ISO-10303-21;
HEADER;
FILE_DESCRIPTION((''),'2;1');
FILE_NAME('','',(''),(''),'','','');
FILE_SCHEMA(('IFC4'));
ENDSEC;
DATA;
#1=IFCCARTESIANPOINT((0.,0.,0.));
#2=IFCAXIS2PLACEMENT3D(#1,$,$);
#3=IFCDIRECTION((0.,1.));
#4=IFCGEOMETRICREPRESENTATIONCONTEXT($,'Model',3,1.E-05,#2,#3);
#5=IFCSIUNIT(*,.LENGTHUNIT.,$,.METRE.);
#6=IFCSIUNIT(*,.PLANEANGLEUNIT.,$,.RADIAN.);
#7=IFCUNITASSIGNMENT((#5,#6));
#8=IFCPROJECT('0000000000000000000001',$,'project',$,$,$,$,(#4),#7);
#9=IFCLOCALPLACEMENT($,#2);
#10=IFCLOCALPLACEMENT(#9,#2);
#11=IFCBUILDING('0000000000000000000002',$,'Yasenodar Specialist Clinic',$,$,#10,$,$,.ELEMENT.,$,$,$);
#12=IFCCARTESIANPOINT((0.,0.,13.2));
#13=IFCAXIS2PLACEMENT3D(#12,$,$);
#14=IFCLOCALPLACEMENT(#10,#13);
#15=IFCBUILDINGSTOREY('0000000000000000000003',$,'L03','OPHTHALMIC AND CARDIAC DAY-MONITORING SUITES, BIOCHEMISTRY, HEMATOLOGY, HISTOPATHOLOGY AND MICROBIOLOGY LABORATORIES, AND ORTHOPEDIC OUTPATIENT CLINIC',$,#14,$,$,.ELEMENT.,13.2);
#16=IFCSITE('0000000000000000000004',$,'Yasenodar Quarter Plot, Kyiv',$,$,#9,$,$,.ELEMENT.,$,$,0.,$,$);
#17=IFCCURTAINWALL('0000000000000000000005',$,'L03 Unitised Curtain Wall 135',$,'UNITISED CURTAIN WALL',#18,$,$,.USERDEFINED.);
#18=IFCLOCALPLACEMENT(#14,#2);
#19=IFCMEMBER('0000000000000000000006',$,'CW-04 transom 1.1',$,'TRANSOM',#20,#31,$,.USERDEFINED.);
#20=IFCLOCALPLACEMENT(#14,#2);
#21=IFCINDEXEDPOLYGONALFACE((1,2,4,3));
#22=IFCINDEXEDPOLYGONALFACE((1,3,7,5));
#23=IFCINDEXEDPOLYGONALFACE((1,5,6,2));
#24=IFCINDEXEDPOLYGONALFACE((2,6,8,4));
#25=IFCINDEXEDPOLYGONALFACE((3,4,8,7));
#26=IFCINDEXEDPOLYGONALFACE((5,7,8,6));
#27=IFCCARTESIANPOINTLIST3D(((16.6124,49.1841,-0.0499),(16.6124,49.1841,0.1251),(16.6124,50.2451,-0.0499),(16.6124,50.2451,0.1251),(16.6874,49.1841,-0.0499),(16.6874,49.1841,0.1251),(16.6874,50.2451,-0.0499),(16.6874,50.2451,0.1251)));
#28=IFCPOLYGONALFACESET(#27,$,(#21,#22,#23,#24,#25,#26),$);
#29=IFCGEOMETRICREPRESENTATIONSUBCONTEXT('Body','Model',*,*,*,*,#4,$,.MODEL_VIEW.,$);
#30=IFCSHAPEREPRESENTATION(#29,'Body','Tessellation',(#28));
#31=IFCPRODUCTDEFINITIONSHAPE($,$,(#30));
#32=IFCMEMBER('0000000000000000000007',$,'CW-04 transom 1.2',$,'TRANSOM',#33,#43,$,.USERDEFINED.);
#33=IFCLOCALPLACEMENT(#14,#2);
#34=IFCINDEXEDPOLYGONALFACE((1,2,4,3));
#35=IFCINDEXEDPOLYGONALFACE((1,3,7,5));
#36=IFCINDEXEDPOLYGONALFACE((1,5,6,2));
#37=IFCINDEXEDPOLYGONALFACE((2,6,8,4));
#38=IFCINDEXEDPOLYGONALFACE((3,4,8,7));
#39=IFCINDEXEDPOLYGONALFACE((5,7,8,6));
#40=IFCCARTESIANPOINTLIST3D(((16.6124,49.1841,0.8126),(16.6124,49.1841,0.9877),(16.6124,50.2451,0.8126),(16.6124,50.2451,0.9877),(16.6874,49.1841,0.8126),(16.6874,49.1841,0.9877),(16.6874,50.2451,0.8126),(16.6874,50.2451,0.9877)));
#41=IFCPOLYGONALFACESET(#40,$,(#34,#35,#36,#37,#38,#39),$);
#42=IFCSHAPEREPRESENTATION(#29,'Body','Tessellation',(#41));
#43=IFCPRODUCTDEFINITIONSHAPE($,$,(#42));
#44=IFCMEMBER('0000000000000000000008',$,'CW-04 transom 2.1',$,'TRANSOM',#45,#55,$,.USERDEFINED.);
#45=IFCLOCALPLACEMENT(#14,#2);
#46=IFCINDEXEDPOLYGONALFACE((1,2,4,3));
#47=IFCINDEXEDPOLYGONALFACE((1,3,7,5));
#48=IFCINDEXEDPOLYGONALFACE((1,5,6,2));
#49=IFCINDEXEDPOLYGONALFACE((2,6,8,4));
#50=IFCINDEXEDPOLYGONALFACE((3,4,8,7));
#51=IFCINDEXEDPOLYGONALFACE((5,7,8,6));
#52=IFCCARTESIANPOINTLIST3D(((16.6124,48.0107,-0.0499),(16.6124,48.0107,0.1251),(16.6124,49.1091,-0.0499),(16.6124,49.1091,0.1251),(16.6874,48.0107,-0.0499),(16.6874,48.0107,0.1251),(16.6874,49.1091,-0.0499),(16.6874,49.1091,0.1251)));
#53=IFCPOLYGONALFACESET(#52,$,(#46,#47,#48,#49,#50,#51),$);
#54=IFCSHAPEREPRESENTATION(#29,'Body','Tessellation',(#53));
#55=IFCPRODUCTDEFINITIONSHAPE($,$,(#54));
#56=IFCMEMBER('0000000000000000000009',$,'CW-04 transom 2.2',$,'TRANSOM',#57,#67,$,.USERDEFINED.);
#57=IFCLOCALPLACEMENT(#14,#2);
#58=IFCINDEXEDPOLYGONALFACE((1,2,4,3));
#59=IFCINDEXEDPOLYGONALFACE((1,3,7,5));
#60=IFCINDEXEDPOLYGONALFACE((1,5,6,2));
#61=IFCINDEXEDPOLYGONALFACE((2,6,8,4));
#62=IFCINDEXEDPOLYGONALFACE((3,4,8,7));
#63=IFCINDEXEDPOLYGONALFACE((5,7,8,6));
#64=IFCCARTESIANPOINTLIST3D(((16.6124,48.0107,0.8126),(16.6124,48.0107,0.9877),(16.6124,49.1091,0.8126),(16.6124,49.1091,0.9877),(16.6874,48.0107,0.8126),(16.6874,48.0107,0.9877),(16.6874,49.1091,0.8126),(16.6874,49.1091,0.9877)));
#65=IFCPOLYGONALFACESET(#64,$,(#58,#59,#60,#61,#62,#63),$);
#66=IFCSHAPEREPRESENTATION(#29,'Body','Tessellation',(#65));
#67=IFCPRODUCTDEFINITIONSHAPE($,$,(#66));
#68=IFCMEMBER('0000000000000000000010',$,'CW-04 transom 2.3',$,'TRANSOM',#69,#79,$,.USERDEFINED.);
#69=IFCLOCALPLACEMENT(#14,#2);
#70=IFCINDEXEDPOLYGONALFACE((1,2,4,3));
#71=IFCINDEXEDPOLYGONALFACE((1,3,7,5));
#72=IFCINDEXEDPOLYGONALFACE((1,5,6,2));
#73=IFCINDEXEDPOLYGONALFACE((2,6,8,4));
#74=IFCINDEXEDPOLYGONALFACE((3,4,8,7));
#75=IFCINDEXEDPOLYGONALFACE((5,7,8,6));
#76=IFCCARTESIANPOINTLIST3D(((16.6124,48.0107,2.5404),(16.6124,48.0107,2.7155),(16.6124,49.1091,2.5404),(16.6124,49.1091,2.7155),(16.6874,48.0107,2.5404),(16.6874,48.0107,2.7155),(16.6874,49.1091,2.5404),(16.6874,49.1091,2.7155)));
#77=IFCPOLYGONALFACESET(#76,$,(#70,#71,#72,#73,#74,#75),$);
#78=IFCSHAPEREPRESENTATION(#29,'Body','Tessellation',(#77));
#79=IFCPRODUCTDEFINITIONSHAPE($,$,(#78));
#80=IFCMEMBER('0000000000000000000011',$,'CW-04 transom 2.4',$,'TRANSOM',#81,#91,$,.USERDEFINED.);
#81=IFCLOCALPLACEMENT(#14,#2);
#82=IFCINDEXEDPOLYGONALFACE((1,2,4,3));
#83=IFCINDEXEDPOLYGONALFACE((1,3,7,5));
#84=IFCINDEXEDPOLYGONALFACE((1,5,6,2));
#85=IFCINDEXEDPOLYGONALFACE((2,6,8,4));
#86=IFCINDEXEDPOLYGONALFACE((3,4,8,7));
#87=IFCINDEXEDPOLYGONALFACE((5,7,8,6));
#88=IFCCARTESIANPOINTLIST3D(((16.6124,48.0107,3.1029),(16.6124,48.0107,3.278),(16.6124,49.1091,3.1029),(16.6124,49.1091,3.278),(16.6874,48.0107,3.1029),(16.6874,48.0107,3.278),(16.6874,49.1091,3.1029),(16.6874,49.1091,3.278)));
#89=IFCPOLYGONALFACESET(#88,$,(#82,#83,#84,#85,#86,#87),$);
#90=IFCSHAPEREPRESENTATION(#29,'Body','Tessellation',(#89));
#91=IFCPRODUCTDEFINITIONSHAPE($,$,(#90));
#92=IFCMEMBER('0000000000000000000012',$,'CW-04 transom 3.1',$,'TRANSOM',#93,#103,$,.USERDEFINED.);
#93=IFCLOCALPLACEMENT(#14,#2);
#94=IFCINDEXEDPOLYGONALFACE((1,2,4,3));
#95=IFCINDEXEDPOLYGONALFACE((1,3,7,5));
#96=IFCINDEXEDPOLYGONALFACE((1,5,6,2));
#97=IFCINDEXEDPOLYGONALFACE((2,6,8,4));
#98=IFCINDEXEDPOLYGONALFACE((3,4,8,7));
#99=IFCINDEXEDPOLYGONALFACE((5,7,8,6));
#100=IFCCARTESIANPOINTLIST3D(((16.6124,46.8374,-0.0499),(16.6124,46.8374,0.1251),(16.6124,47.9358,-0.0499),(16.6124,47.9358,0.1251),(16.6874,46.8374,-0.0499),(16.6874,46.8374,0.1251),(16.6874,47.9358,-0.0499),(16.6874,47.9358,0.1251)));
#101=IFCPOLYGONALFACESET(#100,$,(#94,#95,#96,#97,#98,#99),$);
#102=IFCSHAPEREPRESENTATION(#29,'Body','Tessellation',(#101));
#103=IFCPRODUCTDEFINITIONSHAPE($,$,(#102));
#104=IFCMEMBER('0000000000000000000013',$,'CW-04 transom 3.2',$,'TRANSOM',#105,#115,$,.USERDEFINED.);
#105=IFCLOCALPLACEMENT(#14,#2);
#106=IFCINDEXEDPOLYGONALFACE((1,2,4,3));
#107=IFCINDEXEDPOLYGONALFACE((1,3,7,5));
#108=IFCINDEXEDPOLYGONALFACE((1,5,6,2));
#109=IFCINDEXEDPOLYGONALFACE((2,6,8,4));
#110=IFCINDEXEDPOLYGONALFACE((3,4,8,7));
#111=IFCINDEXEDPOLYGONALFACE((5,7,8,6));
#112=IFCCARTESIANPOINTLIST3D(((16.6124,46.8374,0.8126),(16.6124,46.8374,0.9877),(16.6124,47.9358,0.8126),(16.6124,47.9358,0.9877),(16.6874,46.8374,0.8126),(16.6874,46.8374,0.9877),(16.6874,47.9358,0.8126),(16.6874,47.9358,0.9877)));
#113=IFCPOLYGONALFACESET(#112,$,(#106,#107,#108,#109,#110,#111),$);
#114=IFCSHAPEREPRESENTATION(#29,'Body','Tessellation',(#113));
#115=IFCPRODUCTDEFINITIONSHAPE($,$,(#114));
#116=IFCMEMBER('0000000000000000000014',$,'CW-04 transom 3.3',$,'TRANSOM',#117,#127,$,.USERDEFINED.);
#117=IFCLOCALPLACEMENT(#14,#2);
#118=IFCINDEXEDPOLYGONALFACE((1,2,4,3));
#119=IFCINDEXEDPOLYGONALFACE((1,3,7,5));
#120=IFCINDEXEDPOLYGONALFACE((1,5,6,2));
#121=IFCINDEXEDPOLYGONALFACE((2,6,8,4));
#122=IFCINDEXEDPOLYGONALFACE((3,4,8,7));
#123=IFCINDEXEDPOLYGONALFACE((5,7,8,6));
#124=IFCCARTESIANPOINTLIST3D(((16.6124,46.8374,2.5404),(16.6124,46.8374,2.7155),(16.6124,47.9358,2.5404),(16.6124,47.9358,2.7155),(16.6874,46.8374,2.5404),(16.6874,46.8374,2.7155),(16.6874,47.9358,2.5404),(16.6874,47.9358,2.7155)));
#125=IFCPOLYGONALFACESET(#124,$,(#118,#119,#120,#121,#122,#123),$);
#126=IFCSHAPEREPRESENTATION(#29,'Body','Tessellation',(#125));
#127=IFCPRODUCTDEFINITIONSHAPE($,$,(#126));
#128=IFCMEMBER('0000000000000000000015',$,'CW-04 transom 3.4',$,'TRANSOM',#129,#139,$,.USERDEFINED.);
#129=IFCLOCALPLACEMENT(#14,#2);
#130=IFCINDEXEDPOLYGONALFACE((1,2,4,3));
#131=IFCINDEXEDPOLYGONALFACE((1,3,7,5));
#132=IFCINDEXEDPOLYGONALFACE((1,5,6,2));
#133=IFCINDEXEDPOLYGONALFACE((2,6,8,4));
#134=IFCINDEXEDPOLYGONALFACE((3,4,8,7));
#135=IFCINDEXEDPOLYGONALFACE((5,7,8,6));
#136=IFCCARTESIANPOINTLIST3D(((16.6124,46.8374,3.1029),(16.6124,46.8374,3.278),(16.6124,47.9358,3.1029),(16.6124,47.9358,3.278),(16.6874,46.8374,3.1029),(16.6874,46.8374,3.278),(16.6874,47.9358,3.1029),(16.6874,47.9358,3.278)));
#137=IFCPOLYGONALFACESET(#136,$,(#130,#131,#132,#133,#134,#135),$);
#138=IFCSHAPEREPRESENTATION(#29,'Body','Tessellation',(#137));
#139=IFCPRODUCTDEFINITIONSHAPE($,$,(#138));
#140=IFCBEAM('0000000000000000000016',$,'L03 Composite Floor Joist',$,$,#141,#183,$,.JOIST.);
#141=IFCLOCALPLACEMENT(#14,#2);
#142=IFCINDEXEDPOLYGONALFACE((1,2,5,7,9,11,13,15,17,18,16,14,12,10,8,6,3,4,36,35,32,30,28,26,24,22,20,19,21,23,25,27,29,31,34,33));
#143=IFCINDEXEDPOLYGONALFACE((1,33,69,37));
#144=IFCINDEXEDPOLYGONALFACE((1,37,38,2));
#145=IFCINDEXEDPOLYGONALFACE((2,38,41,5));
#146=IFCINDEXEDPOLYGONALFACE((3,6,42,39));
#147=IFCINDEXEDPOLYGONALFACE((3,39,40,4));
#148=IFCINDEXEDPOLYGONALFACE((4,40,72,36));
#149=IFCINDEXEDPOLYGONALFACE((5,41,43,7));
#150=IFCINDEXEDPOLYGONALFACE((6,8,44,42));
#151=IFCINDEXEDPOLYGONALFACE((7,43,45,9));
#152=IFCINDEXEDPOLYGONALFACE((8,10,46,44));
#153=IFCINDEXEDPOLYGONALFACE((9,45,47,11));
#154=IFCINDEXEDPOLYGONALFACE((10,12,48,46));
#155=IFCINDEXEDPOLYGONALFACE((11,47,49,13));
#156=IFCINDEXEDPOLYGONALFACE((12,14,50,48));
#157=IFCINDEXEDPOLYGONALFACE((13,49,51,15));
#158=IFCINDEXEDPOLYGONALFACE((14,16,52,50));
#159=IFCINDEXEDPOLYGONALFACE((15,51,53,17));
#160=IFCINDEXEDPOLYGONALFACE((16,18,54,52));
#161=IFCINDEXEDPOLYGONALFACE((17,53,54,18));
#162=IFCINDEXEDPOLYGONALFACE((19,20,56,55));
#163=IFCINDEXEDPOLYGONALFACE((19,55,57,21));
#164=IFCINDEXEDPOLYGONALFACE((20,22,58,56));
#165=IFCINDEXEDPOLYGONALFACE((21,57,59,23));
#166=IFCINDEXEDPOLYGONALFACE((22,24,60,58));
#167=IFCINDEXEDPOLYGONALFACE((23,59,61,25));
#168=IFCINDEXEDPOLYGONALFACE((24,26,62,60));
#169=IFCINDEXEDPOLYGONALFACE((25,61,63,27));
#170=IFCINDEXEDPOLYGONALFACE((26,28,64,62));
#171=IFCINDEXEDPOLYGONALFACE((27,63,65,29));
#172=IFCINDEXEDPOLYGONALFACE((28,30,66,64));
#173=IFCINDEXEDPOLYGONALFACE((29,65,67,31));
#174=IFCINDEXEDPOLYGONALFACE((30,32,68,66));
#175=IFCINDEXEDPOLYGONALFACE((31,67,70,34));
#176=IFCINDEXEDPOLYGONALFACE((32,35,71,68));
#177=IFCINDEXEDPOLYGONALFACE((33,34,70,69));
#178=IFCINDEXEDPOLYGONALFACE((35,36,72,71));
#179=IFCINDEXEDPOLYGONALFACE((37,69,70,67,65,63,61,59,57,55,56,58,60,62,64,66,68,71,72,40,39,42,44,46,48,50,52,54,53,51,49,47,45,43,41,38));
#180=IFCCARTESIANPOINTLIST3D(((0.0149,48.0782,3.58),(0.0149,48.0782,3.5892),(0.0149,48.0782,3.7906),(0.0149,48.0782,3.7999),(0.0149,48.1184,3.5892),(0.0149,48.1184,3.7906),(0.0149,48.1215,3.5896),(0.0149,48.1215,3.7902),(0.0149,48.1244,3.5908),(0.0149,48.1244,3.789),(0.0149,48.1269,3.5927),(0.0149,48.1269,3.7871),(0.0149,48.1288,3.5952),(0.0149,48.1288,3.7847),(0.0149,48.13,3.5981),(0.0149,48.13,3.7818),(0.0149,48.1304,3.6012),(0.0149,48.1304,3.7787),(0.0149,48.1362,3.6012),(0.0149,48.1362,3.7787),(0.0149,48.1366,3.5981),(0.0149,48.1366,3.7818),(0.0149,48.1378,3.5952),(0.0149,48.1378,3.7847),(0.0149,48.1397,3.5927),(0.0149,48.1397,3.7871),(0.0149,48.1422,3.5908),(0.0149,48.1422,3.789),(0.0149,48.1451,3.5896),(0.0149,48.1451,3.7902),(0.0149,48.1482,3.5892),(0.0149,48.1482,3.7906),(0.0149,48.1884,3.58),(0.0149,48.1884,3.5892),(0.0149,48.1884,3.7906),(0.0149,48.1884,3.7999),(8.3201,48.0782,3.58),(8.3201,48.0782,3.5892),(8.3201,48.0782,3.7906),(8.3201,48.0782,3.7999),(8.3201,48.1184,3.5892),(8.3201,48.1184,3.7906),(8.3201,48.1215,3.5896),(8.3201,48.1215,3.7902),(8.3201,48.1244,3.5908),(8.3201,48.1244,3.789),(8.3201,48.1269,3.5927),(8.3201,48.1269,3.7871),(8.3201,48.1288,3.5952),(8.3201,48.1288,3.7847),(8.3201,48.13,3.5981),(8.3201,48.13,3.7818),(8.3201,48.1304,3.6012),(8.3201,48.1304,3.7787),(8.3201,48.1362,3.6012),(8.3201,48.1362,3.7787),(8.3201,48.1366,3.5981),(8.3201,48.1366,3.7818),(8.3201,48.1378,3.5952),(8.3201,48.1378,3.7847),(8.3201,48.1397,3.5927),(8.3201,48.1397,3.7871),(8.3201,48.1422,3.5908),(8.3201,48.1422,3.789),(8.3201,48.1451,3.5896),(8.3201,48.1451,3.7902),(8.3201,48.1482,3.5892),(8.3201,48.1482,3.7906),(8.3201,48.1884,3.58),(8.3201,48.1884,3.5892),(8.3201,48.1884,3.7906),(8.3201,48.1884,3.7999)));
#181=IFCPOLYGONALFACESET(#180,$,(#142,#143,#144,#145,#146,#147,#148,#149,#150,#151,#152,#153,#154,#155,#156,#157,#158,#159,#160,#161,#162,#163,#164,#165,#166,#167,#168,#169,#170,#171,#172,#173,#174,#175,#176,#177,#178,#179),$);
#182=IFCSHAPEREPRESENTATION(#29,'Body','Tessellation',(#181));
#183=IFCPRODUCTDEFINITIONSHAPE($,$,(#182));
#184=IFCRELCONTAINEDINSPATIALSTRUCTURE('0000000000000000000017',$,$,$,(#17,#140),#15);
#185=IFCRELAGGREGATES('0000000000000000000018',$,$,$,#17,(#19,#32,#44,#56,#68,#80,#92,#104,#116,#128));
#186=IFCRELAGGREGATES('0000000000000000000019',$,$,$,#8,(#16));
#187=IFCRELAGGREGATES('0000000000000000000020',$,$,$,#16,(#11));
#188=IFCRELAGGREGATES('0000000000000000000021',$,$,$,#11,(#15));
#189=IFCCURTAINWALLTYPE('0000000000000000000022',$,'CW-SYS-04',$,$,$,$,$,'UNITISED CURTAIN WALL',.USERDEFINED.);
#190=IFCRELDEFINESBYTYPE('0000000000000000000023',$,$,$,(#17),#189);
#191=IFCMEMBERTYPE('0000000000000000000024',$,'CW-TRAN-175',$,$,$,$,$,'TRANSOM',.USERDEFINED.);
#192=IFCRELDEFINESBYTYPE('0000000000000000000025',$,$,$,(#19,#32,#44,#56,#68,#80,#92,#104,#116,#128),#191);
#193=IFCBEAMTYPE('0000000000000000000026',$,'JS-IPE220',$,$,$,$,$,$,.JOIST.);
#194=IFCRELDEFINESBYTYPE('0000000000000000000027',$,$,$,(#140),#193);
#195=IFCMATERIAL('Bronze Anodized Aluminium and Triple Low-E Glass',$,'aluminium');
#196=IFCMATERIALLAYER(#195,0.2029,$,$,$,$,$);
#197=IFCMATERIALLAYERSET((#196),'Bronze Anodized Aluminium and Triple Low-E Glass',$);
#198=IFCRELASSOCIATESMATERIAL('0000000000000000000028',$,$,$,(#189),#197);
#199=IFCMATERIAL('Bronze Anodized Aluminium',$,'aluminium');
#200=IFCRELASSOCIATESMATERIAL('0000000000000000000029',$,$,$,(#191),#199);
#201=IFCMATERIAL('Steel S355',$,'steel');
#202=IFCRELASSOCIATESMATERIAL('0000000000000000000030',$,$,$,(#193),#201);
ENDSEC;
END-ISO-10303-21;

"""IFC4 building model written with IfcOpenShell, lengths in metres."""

from ifc_helpers import new_model, si_unit, direction, frame, origin, origin_2d, place, context, subcontext, project, spatial, rectangle, i_section, extrude, material, layer, layer_set, material_profile, profile_set, type_object, element, aggregate, save


model = new_model("IFC4")

# Units and contexts
model_context = context("Model", 3, precision=1e-05, world=origin(), true_north=direction((0.0, 1.0)))
body_context = subcontext(model_context, "Body", "Model", "MODEL_VIEW")
ifc_project = project(units=[si_unit("LENGTHUNIT", "METRE"), si_unit("PLANEANGLEUNIT", "RADIAN")], contexts=[model_context])

# Site, building, storey
site_placement = place(None, origin())
site = spatial("IfcSite", under=ifc_project, at=site_placement, Name="Yasenodar Quarter Plot, Kyiv", CompositionType="ELEMENT", RefElevation=0.0)
building_placement = place(site_placement, origin())
building = spatial("IfcBuilding", under=site, at=building_placement, Name="Yasenodar Specialist Clinic", CompositionType="ELEMENT")
storey_placement = place(building_placement, frame((0.0, 0.0, 13.2)))
storey = spatial("IfcBuildingStorey", under=building, at=storey_placement, Name="L03", Description="OPHTHALMIC AND CARDIAC DAY-MONITORING SUITES, BIOCHEMISTRY, HEMATOLOGY, HISTOPATHOLOGY AND MICROBIOLOGY LABORATORIES, AND ORTHOPEDIC OUTPATIENT CLINIC", CompositionType="ELEMENT", Elevation=13.2)

# Shared definitions
ifc_material_1 = material(Name="Steel S355", Category="steel")

# Curtain wall, members
ifc_material_2 = material(Name="Bronze Anodized Aluminium and Triple Low-E Glass", Category="aluminium")
ifc_layer_1 = layer(ifc_material_2, 0.2029)
ifc_layer_set_1 = layer_set([ifc_layer_1], Name="Bronze Anodized Aluminium and Triple Low-E Glass")
curtain_wall_type = type_object("IfcCurtainWallType", Name="CW-SYS-04", ElementType="UNITISED CURTAIN WALL", PredefinedType="USERDEFINED", material=ifc_layer_set_1)
curtain_wall_placement = place(storey_placement, origin())
curtain_wall = element("IfcCurtainWall", 1, at=curtain_wall_placement, inside=storey, type_object=curtain_wall_type, Name="L03 Unitised Curtain Wall 135", ObjectType="UNITISED CURTAIN WALL", PredefinedType="USERDEFINED")
ifc_material_3 = material(Name="Bronze Anodized Aluminium", Category="aluminium")
ifc_material_profile_1 = material_profile(ifc_material_3, rectangle(XDim=0.075, YDim=0.175, at=origin_2d()), Name="CW-TRAN 75x175")
ifc_profile_set_1 = profile_set([ifc_material_profile_1], Name="Bronze Anodized Aluminium")
member_type_1 = type_object("IfcMemberType", Name="CW-TRAN-175", ElementType="TRANSOM", PredefinedType="USERDEFINED", material=ifc_profile_set_1)
member_1_placement = place(storey_placement, frame((16.6499, 50.2451, 0.0376), z_axis=(0.0, -1.0, 0.0), x_axis=(1.0, 0.0, 0.0)))
member_1 = element("IfcMember", 2, at=member_1_placement, type_object=member_type_1, Name="CW-04 transom 1.1", ObjectType="TRANSOM", PredefinedType="USERDEFINED", context=body_context, shape_type="SweptSolid", body=[
    extrude(rectangle(XDim=0.075, YDim=0.175, at=origin_2d()), origin(), (0.0, 0.0, 1.0), 1.061),
])
member_2_placement = place(storey_placement, frame((16.6499, 50.2451, 0.9001), z_axis=(0.0, -1.0, 0.0), x_axis=(1.0, 0.0, 0.0)))
member_2 = element("IfcMember", 3, at=member_2_placement, type_object=member_type_1, Name="CW-04 transom 1.2", ObjectType="TRANSOM", PredefinedType="USERDEFINED", context=body_context, shape_type="SweptSolid", body=[
    extrude(rectangle(XDim=0.075, YDim=0.175, at=origin_2d()), origin(), (0.0, 0.0, 1.0), 1.061),
])
member_3_placement = place(storey_placement, frame((16.6499, 49.1091, 0.0376), z_axis=(0.0, -1.0, 0.0), x_axis=(1.0, 0.0, 0.0)))
member_3 = element("IfcMember", 4, at=member_3_placement, type_object=member_type_1, Name="CW-04 transom 2.1", ObjectType="TRANSOM", PredefinedType="USERDEFINED", context=body_context, shape_type="SweptSolid", body=[
    extrude(rectangle(XDim=0.075, YDim=0.175, at=origin_2d()), origin(), (0.0, 0.0, 1.0), 1.0984),
])
member_4_placement = place(storey_placement, frame((16.6499, 49.1091, 0.9001), z_axis=(0.0, -1.0, 0.0), x_axis=(1.0, 0.0, 0.0)))
member_4 = element("IfcMember", 5, at=member_4_placement, type_object=member_type_1, Name="CW-04 transom 2.2", ObjectType="TRANSOM", PredefinedType="USERDEFINED", context=body_context, shape_type="SweptSolid", body=[
    extrude(rectangle(XDim=0.075, YDim=0.175, at=origin_2d()), origin(), (0.0, 0.0, 1.0), 1.0984),
])
member_5_placement = place(storey_placement, frame((16.6499, 49.1091, 2.6279), z_axis=(0.0, -1.0, 0.0), x_axis=(1.0, 0.0, 0.0)))
member_5 = element("IfcMember", 6, at=member_5_placement, type_object=member_type_1, Name="CW-04 transom 2.3", ObjectType="TRANSOM", PredefinedType="USERDEFINED", context=body_context, shape_type="SweptSolid", body=[
    extrude(rectangle(XDim=0.075, YDim=0.175, at=origin_2d()), origin(), (0.0, 0.0, 1.0), 1.0984),
])
member_6_placement = place(storey_placement, frame((16.6499, 49.1091, 3.1904), z_axis=(0.0, -1.0, 0.0), x_axis=(1.0, 0.0, 0.0)))
member_6 = element("IfcMember", 7, at=member_6_placement, type_object=member_type_1, Name="CW-04 transom 2.4", ObjectType="TRANSOM", PredefinedType="USERDEFINED", context=body_context, shape_type="SweptSolid", body=[
    extrude(rectangle(XDim=0.075, YDim=0.175, at=origin_2d()), origin(), (0.0, 0.0, 1.0), 1.0984),
])
member_7_placement = place(storey_placement, frame((16.6499, 47.9358, 0.0376), z_axis=(0.0, -1.0, 0.0), x_axis=(1.0, 0.0, 0.0)))
member_7 = element("IfcMember", 8, at=member_7_placement, type_object=member_type_1, Name="CW-04 transom 3.1", ObjectType="TRANSOM", PredefinedType="USERDEFINED", context=body_context, shape_type="SweptSolid", body=[
    extrude(rectangle(XDim=0.075, YDim=0.175, at=origin_2d()), origin(), (0.0, 0.0, 1.0), 1.0984),
])
member_8_placement = place(storey_placement, frame((16.6499, 47.9358, 0.9001), z_axis=(0.0, -1.0, 0.0), x_axis=(1.0, 0.0, 0.0)))
member_8 = element("IfcMember", 9, at=member_8_placement, type_object=member_type_1, Name="CW-04 transom 3.2", ObjectType="TRANSOM", PredefinedType="USERDEFINED", context=body_context, shape_type="SweptSolid", body=[
    extrude(rectangle(XDim=0.075, YDim=0.175, at=origin_2d()), origin(), (0.0, 0.0, 1.0), 1.0984),
])
member_9_placement = place(storey_placement, frame((16.6499, 47.9358, 2.6279), z_axis=(0.0, -1.0, 0.0), x_axis=(1.0, 0.0, 0.0)))
member_9 = element("IfcMember", 10, at=member_9_placement, type_object=member_type_1, Name="CW-04 transom 3.3", ObjectType="TRANSOM", PredefinedType="USERDEFINED", context=body_context, shape_type="SweptSolid", body=[
    extrude(rectangle(XDim=0.075, YDim=0.175, at=origin_2d()), origin(), (0.0, 0.0, 1.0), 1.0984),
])
member_10_placement = place(storey_placement, frame((16.6499, 47.9358, 3.1904), z_axis=(0.0, -1.0, 0.0), x_axis=(1.0, 0.0, 0.0)))
member_10 = element("IfcMember", 11, at=member_10_placement, type_object=member_type_1, Name="CW-04 transom 3.4", ObjectType="TRANSOM", PredefinedType="USERDEFINED", context=body_context, shape_type="SweptSolid", body=[
    extrude(rectangle(XDim=0.075, YDim=0.175, at=origin_2d()), origin(), (0.0, 0.0, 1.0), 1.0984),
])

# Beam
ifc_material_profile_2 = material_profile(ifc_material_1, i_section(OverallWidth=0.1101, OverallDepth=0.22, WebThickness=0.0059, FlangeThickness=0.0093, FilletRadius=0.012, at=origin_2d()), Name="IPE 220")
ifc_profile_set_2 = profile_set([ifc_material_profile_2], Name="Steel S355")
beam_type_1 = type_object("IfcBeamType", Name="JS-IPE220", PredefinedType="JOIST", material=ifc_profile_set_2)
beam_1_placement = place(storey_placement, frame((0.0149, 48.1333, 3.6899), z_axis=(1.0, 0.0, 0.0), x_axis=(0.0, 1.0, 0.0)))
element("IfcBeam", 12, at=beam_1_placement, inside=storey, type_object=beam_type_1, Name="L03 Composite Floor Joist", PredefinedType="JOIST", context=body_context, shape_type="SweptSolid", body=[
    extrude(i_section(OverallWidth=0.1101, OverallDepth=0.22, WebThickness=0.0059, FlangeThickness=0.0093, FilletRadius=0.012, at=origin_2d()), origin(), (0.0, 0.0, 1.0), 8.3052),
])

aggregate(curtain_wall, [member_1, member_2, member_3, member_4, member_5, member_6, member_7, member_8, member_9, member_10])

save(model, "model.ifc")
